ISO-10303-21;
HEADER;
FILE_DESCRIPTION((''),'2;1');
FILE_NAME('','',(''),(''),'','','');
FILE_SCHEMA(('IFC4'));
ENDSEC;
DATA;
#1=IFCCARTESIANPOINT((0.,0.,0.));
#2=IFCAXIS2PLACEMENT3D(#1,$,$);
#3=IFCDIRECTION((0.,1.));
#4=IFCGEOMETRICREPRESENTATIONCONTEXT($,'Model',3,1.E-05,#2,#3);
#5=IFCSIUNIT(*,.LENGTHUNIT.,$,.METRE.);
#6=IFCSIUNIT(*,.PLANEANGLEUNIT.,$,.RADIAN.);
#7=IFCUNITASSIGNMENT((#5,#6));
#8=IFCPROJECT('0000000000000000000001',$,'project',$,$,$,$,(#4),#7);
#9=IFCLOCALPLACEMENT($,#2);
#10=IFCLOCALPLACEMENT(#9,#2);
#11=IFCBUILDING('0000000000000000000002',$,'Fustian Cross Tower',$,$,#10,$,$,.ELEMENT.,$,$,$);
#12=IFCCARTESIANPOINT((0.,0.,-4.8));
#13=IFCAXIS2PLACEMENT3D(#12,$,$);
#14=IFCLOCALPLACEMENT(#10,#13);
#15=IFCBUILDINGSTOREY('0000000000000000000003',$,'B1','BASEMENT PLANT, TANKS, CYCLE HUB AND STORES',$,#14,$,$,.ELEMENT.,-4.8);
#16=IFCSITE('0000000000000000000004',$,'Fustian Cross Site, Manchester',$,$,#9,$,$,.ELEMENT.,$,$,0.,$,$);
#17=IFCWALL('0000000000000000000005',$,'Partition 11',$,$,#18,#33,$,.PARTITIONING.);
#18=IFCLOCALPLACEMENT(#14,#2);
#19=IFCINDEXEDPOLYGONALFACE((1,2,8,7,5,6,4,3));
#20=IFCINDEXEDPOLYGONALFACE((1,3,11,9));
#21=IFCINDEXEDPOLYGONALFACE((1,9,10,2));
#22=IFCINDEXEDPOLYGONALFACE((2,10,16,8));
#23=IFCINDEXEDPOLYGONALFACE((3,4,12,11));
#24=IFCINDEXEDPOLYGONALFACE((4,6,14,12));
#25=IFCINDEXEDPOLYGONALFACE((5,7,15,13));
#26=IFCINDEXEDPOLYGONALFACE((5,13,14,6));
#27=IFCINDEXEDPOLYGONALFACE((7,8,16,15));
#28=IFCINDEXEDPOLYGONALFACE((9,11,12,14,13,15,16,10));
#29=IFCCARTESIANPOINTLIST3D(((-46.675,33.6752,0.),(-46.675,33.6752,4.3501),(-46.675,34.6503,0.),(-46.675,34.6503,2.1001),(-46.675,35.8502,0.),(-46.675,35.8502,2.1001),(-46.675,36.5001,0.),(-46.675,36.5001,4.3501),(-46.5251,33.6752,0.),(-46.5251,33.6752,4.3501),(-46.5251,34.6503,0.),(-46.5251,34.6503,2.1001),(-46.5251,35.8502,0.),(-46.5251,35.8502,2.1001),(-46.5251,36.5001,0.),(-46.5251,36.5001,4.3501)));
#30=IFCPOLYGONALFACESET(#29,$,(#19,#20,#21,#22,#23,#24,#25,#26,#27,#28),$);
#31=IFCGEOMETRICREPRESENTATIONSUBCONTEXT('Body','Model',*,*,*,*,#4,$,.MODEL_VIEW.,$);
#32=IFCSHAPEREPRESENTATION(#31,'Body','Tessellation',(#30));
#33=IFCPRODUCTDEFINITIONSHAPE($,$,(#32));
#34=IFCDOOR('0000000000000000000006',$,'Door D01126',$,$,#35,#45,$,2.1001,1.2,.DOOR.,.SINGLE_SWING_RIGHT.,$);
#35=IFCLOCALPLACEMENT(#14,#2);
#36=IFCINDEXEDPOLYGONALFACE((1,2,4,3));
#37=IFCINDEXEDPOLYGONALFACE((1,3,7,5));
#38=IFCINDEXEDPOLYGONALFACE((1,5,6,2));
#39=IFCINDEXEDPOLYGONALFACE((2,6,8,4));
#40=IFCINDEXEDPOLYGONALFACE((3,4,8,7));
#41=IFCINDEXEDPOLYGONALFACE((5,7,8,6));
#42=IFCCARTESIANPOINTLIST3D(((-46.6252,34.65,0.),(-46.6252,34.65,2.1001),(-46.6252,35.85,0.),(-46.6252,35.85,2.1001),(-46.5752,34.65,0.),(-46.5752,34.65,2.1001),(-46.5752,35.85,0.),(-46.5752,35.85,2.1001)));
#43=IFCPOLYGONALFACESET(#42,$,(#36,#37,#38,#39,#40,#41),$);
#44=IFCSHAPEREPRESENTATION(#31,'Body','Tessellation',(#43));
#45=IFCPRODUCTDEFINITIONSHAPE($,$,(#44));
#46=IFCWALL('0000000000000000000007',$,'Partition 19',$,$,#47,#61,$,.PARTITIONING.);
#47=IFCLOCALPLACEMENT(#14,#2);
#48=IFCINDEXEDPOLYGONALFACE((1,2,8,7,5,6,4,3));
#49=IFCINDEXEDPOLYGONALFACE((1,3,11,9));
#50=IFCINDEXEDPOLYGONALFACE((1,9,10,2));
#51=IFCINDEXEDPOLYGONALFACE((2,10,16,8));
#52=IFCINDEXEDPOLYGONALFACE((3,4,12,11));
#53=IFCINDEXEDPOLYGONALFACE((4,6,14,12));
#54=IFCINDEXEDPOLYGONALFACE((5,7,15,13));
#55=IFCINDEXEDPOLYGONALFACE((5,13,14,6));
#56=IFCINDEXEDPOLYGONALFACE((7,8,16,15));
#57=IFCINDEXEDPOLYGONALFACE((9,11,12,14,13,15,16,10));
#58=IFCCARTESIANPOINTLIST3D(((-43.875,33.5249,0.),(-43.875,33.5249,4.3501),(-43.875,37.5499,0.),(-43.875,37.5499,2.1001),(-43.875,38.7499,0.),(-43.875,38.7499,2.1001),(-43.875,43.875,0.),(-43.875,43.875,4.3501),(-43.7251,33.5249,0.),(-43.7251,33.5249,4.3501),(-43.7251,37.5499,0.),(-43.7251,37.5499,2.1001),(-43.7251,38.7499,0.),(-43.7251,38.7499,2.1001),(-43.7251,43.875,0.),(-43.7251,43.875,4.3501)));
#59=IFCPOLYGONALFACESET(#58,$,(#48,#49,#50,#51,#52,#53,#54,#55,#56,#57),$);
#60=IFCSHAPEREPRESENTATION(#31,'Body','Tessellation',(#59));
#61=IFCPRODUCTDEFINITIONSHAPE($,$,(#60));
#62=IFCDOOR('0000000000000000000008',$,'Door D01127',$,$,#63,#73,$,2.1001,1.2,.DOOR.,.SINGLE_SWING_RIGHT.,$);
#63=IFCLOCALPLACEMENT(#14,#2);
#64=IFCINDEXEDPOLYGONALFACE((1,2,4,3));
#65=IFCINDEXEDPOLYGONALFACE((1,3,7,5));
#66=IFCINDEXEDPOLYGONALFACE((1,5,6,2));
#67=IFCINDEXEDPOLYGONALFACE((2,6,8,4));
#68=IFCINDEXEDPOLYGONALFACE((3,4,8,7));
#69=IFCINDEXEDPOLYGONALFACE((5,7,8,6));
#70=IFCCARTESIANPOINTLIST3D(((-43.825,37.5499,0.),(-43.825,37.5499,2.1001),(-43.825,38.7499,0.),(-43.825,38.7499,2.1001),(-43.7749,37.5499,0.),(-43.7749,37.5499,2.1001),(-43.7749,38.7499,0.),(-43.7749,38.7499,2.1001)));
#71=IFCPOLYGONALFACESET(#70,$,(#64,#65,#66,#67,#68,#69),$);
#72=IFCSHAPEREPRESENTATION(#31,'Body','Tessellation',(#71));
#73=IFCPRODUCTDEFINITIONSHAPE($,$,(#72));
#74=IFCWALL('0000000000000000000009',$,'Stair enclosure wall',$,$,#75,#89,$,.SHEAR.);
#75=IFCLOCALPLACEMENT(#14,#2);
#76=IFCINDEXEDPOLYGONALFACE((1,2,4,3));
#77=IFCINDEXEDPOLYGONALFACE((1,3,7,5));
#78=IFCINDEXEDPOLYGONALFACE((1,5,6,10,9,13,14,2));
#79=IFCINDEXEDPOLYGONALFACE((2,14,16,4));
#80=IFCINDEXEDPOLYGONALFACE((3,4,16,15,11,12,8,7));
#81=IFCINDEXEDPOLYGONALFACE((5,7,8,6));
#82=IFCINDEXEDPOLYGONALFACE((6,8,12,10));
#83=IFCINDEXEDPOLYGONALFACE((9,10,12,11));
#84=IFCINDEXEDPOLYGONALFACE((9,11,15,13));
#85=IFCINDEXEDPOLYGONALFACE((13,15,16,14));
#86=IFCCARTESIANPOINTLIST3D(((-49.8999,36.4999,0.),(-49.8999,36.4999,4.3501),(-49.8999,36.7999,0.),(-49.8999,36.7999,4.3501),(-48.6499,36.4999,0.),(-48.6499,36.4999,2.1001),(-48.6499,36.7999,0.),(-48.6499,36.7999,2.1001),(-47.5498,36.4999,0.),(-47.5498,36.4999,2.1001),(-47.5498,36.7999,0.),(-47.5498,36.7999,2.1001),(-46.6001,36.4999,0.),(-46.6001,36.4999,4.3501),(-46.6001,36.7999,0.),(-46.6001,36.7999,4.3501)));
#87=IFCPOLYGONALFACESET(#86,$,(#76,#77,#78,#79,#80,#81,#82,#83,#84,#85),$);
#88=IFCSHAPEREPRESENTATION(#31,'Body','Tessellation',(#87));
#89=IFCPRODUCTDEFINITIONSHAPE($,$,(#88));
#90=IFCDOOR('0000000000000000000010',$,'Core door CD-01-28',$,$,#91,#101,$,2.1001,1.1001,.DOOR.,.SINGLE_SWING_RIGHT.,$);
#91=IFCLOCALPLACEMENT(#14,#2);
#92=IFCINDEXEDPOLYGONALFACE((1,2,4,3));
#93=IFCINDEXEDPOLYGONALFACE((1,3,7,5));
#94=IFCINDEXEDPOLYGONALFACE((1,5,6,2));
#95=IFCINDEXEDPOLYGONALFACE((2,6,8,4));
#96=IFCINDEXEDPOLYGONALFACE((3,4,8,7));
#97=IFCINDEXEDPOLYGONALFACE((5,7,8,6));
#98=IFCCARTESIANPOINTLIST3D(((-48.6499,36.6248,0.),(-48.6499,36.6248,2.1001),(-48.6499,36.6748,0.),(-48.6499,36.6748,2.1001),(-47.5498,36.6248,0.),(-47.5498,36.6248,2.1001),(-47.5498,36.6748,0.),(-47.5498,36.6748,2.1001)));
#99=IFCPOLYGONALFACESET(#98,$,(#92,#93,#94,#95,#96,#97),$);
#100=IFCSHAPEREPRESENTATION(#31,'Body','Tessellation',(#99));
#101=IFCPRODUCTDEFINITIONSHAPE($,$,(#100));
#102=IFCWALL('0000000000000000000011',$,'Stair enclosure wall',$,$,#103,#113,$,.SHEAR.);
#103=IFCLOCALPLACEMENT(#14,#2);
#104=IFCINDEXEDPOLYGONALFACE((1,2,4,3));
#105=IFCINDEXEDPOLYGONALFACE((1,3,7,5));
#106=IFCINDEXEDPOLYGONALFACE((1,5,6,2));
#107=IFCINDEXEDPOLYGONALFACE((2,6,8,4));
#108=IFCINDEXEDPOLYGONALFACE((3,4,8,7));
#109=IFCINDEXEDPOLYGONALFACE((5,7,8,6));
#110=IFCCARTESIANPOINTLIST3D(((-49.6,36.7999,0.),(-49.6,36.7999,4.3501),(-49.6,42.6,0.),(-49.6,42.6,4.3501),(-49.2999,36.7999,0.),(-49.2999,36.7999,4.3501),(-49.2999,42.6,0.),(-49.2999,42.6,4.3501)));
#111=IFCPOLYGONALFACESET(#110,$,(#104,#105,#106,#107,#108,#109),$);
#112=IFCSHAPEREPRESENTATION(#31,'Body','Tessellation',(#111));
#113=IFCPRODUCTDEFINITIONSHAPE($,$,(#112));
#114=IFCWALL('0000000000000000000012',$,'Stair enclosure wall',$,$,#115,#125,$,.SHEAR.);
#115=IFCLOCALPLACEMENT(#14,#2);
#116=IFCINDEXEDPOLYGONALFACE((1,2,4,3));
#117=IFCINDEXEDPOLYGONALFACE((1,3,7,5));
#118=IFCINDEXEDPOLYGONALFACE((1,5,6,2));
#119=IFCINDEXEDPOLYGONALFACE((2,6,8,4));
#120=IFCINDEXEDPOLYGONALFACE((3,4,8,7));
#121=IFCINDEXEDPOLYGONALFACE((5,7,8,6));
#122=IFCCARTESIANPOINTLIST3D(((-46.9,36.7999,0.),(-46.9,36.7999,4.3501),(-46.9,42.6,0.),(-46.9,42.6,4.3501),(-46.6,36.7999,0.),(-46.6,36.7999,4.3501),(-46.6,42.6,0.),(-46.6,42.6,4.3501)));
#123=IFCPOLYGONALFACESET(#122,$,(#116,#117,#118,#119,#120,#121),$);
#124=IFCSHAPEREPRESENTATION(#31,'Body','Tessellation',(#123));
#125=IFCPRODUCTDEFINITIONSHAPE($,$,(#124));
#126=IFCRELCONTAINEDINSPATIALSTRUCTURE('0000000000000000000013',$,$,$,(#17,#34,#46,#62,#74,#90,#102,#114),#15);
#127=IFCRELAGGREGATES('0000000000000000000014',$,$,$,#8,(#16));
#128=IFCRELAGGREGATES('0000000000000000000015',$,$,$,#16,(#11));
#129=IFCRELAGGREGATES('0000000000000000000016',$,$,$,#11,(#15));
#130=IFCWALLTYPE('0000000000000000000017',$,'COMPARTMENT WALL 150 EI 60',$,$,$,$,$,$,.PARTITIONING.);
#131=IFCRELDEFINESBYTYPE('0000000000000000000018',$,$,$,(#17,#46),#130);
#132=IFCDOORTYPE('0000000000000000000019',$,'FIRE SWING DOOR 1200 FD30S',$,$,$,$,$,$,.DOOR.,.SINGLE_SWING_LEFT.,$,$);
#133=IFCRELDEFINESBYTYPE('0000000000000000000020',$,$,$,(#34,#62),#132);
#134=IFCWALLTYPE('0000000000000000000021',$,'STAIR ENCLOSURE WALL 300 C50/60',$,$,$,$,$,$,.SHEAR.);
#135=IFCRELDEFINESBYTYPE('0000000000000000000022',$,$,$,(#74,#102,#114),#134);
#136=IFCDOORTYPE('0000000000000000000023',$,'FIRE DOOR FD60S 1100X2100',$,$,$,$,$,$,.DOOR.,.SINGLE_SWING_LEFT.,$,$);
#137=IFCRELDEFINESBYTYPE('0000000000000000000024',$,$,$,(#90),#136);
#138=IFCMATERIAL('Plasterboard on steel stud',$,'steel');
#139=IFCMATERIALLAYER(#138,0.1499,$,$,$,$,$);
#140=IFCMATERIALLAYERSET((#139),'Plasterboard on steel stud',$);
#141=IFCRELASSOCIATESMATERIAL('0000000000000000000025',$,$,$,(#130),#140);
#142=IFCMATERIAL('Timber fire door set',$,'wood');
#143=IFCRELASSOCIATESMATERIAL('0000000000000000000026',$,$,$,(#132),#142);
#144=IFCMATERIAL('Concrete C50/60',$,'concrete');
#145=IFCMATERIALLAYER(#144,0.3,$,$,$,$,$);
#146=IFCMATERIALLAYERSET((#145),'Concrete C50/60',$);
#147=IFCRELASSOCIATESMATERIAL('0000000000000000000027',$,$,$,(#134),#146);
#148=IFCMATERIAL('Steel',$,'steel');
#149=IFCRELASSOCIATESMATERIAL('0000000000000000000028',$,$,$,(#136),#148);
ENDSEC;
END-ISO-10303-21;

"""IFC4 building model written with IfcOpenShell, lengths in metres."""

from ifc_helpers import new_model, si_unit, direction, frame, frame_2d, origin, place, context, subcontext, project, spatial, rectangle, extrude, material, layer, layer_set, type_object, element, fill, save


model = new_model("IFC4")

# Units and contexts
model_context = context("Model", 3, precision=1e-05, world=origin(), true_north=direction((0.0, 1.0)))
body_context = subcontext(model_context, "Body", "Model", "MODEL_VIEW")
ifc_project = project(units=[si_unit("LENGTHUNIT", "METRE"), si_unit("PLANEANGLEUNIT", "RADIAN")], contexts=[model_context])

# Site, building, storey
site_placement = place(None, origin())
site = spatial("IfcSite", under=ifc_project, at=site_placement, Name="Fustian Cross Site, Manchester", CompositionType="ELEMENT", RefElevation=0.0)
building_placement = place(site_placement, origin())
building = spatial("IfcBuilding", under=site, at=building_placement, Name="Fustian Cross Tower", CompositionType="ELEMENT")
storey_placement = place(building_placement, frame((0.0, 0.0, -4.8)))
storey = spatial("IfcBuildingStorey", under=building, at=storey_placement, Name="B1", Description="BASEMENT PLANT, TANKS, CYCLE HUB AND STORES", CompositionType="ELEMENT", Elevation=-4.8)

# Shared definitions
ifc_material_1 = material(Name="Plasterboard on steel stud", Category="steel")
ifc_layer_1 = layer(ifc_material_1, 0.1499)
ifc_layer_set_1 = layer_set([ifc_layer_1], Name="Plasterboard on steel stud")
wall_type_1 = type_object("IfcWallType", Name="COMPARTMENT WALL 150 EI 60", PredefinedType="PARTITIONING", material=ifc_layer_set_1)

# Walls, openings, doors
wall_1_placement = place(storey_placement, frame((-46.6001, 33.675, 0.0), z_axis=(0.0, 0.0, 1.0), x_axis=(0.0, 1.0, 0.0)))
wall_1 = element("IfcWall", 1, at=wall_1_placement, inside=storey, type_object=wall_type_1, Name="Partition 11", PredefinedType="PARTITIONING", context=body_context, shape_type="SweptSolid", body=[
    extrude(rectangle(XDim=2.825, YDim=0.1499, at=frame_2d((1.4126, 0.0))), origin(), (0.0, 0.0, 1.0), 4.3501),
])
opening_1_placement = place(wall_1_placement, frame((0.9751, 0.0, 0.0)))
opening_1 = element("IfcOpeningElement", 2, at=opening_1_placement, cuts=wall_1, PredefinedType="OPENING", context=body_context, shape_type="SweptSolid", body=[
    extrude(rectangle(XDim=1.2, YDim=2.1001, at=frame_2d((0.6001, 1.05))), frame((0.0, 0.085, 0.0), z_axis=(0.0, -1.0, 0.0), x_axis=(1.0, 0.0, 0.0)), (0.0, 0.0, 1.0), 0.1699),
])
ifc_material_2 = material(Name="Timber fire door set", Category="wood")
door_type_1 = type_object("IfcDoorType", Name="FIRE SWING DOOR 1200 FD30S", OperationType="SINGLE_SWING_LEFT", PredefinedType="DOOR", material=ifc_material_2)
door_1_placement = place(opening_1_placement, frame((1.2, 0.0, 0.0), z_axis=(0.0, 0.0, 1.0), x_axis=(-1.0, 0.0, 0.0)))
door_1 = element("IfcDoor", 3, at=door_1_placement, inside=storey, type_object=door_type_1, Name="Door D01126", OperationType="SINGLE_SWING_RIGHT", OverallHeight=2.1001, OverallWidth=1.2, PredefinedType="DOOR", context=body_context, shape_type="SweptSolid", body=[
    extrude(rectangle(XDim=1.2, YDim=2.1001, at=frame_2d((0.6001, 1.05))), frame((0.0, 0.0249, 0.0), z_axis=(0.0, -1.0, 0.0), x_axis=(1.0, 0.0, 0.0)), (0.0, 0.0, 1.0), 0.05),
])
fill(opening_1, door_1)
wall_2_placement = place(storey_placement, frame((-43.8, 33.5249, 0.0), z_axis=(0.0, 0.0, 1.0), x_axis=(0.0, 1.0, 0.0)))
wall_2 = element("IfcWall", 4, at=wall_2_placement, inside=storey, type_object=wall_type_1, Name="Partition 19", PredefinedType="PARTITIONING", context=body_context, shape_type="SweptSolid", body=[
    extrude(rectangle(XDim=10.3501, YDim=0.1499, at=frame_2d((5.175, 0.0))), origin(), (0.0, 0.0, 1.0), 4.3501),
])
opening_2_placement = place(wall_2_placement, frame((4.0249, 0.0, 0.0)))
opening_2 = element("IfcOpeningElement", 5, at=opening_2_placement, cuts=wall_2, PredefinedType="OPENING", context=body_context, shape_type="SweptSolid", body=[
    extrude(rectangle(XDim=1.2, YDim=2.1001, at=frame_2d((0.6001, 1.05))), frame((0.0, 0.085, 0.0), z_axis=(0.0, -1.0, 0.0), x_axis=(1.0, 0.0, 0.0)), (0.0, 0.0, 1.0), 0.1699),
])
door_2_placement = place(opening_2_placement, origin())
door_2 = element("IfcDoor", 6, at=door_2_placement, inside=storey, type_object=door_type_1, Name="Door D01127", OperationType="SINGLE_SWING_RIGHT", OverallHeight=2.1001, OverallWidth=1.2, PredefinedType="DOOR", context=body_context, shape_type="SweptSolid", body=[
    extrude(rectangle(XDim=1.2, YDim=2.1001, at=frame_2d((0.6001, 1.05))), frame((0.0, 0.0249, 0.0), z_axis=(0.0, -1.0, 0.0), x_axis=(1.0, 0.0, 0.0)), (0.0, 0.0, 1.0), 0.05),
])
fill(opening_2, door_2)
ifc_material_3 = material(Name="Concrete C50/60", Category="concrete")
ifc_layer_2 = layer(ifc_material_3, 0.3)
ifc_layer_set_2 = layer_set([ifc_layer_2], Name="Concrete C50/60")
wall_type_2 = type_object("IfcWallType", Name="STAIR ENCLOSURE WALL 300 C50/60", PredefinedType="SHEAR", material=ifc_layer_set_2)
wall_3_placement = place(storey_placement, frame((-49.8999, 36.6499, 0.0), z_axis=(0.0, 0.0, 1.0), x_axis=(1.0, 0.0, 0.0)))
wall_3 = element("IfcWall", 7, at=wall_3_placement, inside=storey, type_object=wall_type_2, Name="Stair enclosure wall", PredefinedType="SHEAR", context=body_context, shape_type="SweptSolid", body=[
    extrude(rectangle(XDim=3.2998, YDim=0.3, at=frame_2d((1.6499, 0.0))), origin(), (0.0, 0.0, 1.0), 4.3501),
])
opening_3_placement = place(wall_3_placement, frame((1.25, 0.0, 0.0)))
opening_3 = element("IfcOpeningElement", 8, at=opening_3_placement, cuts=wall_3, PredefinedType="OPENING", context=body_context, shape_type="SweptSolid", body=[
    extrude(rectangle(XDim=1.1001, YDim=2.1001, at=frame_2d((0.55, 1.05))), frame((0.0, 0.1599, 0.0), z_axis=(0.0, -1.0, 0.0), x_axis=(1.0, 0.0, 0.0)), (0.0, 0.0, 1.0), 0.3201),
])
ifc_material_4 = material(Name="Steel", Category="steel")
door_type_2 = type_object("IfcDoorType", Name="FIRE DOOR FD60S 1100X2100", OperationType="SINGLE_SWING_LEFT", PredefinedType="DOOR", material=ifc_material_4)
door_3_placement = place(opening_3_placement, origin())
door_3 = element("IfcDoor", 9, at=door_3_placement, inside=storey, type_object=door_type_2, Name="Core door CD-01-28", OperationType="SINGLE_SWING_RIGHT", OverallHeight=2.1001, OverallWidth=1.1001, PredefinedType="DOOR", context=body_context, shape_type="SweptSolid", body=[
    extrude(rectangle(XDim=1.1001, YDim=2.1001, at=frame_2d((0.55, 1.05))), frame((0.0, 0.0249, 0.0), z_axis=(0.0, -1.0, 0.0), x_axis=(1.0, 0.0, 0.0)), (0.0, 0.0, 1.0), 0.05),
])
fill(opening_3, door_3)

# Walls
for number, where, z_axis, x_axis, name in (
    (10, (-49.45, 36.8, 0.0), (0.0, 0.0, 1.0), (0.0, 1.0, 0.0), "Stair enclosure wall"),
    (11, (-46.75, 36.8, 0.0), (0.0, 0.0, 1.0), (0.0, 1.0, 0.0), "Stair enclosure wall"),
):
    element("IfcWall", number, at=place(storey_placement, frame(where, z_axis=z_axis, x_axis=x_axis)), inside=storey, type_object=wall_type_2, Name=name, PredefinedType="SHEAR", context=body_context, shape_type="SweptSolid", body=[
        extrude(rectangle(XDim=5.8, YDim=0.3, at=frame_2d((2.8999, 0.0))), origin(), (0.0, 0.0, 1.0), 4.3501),
    ])

save(model, "model.ifc")
